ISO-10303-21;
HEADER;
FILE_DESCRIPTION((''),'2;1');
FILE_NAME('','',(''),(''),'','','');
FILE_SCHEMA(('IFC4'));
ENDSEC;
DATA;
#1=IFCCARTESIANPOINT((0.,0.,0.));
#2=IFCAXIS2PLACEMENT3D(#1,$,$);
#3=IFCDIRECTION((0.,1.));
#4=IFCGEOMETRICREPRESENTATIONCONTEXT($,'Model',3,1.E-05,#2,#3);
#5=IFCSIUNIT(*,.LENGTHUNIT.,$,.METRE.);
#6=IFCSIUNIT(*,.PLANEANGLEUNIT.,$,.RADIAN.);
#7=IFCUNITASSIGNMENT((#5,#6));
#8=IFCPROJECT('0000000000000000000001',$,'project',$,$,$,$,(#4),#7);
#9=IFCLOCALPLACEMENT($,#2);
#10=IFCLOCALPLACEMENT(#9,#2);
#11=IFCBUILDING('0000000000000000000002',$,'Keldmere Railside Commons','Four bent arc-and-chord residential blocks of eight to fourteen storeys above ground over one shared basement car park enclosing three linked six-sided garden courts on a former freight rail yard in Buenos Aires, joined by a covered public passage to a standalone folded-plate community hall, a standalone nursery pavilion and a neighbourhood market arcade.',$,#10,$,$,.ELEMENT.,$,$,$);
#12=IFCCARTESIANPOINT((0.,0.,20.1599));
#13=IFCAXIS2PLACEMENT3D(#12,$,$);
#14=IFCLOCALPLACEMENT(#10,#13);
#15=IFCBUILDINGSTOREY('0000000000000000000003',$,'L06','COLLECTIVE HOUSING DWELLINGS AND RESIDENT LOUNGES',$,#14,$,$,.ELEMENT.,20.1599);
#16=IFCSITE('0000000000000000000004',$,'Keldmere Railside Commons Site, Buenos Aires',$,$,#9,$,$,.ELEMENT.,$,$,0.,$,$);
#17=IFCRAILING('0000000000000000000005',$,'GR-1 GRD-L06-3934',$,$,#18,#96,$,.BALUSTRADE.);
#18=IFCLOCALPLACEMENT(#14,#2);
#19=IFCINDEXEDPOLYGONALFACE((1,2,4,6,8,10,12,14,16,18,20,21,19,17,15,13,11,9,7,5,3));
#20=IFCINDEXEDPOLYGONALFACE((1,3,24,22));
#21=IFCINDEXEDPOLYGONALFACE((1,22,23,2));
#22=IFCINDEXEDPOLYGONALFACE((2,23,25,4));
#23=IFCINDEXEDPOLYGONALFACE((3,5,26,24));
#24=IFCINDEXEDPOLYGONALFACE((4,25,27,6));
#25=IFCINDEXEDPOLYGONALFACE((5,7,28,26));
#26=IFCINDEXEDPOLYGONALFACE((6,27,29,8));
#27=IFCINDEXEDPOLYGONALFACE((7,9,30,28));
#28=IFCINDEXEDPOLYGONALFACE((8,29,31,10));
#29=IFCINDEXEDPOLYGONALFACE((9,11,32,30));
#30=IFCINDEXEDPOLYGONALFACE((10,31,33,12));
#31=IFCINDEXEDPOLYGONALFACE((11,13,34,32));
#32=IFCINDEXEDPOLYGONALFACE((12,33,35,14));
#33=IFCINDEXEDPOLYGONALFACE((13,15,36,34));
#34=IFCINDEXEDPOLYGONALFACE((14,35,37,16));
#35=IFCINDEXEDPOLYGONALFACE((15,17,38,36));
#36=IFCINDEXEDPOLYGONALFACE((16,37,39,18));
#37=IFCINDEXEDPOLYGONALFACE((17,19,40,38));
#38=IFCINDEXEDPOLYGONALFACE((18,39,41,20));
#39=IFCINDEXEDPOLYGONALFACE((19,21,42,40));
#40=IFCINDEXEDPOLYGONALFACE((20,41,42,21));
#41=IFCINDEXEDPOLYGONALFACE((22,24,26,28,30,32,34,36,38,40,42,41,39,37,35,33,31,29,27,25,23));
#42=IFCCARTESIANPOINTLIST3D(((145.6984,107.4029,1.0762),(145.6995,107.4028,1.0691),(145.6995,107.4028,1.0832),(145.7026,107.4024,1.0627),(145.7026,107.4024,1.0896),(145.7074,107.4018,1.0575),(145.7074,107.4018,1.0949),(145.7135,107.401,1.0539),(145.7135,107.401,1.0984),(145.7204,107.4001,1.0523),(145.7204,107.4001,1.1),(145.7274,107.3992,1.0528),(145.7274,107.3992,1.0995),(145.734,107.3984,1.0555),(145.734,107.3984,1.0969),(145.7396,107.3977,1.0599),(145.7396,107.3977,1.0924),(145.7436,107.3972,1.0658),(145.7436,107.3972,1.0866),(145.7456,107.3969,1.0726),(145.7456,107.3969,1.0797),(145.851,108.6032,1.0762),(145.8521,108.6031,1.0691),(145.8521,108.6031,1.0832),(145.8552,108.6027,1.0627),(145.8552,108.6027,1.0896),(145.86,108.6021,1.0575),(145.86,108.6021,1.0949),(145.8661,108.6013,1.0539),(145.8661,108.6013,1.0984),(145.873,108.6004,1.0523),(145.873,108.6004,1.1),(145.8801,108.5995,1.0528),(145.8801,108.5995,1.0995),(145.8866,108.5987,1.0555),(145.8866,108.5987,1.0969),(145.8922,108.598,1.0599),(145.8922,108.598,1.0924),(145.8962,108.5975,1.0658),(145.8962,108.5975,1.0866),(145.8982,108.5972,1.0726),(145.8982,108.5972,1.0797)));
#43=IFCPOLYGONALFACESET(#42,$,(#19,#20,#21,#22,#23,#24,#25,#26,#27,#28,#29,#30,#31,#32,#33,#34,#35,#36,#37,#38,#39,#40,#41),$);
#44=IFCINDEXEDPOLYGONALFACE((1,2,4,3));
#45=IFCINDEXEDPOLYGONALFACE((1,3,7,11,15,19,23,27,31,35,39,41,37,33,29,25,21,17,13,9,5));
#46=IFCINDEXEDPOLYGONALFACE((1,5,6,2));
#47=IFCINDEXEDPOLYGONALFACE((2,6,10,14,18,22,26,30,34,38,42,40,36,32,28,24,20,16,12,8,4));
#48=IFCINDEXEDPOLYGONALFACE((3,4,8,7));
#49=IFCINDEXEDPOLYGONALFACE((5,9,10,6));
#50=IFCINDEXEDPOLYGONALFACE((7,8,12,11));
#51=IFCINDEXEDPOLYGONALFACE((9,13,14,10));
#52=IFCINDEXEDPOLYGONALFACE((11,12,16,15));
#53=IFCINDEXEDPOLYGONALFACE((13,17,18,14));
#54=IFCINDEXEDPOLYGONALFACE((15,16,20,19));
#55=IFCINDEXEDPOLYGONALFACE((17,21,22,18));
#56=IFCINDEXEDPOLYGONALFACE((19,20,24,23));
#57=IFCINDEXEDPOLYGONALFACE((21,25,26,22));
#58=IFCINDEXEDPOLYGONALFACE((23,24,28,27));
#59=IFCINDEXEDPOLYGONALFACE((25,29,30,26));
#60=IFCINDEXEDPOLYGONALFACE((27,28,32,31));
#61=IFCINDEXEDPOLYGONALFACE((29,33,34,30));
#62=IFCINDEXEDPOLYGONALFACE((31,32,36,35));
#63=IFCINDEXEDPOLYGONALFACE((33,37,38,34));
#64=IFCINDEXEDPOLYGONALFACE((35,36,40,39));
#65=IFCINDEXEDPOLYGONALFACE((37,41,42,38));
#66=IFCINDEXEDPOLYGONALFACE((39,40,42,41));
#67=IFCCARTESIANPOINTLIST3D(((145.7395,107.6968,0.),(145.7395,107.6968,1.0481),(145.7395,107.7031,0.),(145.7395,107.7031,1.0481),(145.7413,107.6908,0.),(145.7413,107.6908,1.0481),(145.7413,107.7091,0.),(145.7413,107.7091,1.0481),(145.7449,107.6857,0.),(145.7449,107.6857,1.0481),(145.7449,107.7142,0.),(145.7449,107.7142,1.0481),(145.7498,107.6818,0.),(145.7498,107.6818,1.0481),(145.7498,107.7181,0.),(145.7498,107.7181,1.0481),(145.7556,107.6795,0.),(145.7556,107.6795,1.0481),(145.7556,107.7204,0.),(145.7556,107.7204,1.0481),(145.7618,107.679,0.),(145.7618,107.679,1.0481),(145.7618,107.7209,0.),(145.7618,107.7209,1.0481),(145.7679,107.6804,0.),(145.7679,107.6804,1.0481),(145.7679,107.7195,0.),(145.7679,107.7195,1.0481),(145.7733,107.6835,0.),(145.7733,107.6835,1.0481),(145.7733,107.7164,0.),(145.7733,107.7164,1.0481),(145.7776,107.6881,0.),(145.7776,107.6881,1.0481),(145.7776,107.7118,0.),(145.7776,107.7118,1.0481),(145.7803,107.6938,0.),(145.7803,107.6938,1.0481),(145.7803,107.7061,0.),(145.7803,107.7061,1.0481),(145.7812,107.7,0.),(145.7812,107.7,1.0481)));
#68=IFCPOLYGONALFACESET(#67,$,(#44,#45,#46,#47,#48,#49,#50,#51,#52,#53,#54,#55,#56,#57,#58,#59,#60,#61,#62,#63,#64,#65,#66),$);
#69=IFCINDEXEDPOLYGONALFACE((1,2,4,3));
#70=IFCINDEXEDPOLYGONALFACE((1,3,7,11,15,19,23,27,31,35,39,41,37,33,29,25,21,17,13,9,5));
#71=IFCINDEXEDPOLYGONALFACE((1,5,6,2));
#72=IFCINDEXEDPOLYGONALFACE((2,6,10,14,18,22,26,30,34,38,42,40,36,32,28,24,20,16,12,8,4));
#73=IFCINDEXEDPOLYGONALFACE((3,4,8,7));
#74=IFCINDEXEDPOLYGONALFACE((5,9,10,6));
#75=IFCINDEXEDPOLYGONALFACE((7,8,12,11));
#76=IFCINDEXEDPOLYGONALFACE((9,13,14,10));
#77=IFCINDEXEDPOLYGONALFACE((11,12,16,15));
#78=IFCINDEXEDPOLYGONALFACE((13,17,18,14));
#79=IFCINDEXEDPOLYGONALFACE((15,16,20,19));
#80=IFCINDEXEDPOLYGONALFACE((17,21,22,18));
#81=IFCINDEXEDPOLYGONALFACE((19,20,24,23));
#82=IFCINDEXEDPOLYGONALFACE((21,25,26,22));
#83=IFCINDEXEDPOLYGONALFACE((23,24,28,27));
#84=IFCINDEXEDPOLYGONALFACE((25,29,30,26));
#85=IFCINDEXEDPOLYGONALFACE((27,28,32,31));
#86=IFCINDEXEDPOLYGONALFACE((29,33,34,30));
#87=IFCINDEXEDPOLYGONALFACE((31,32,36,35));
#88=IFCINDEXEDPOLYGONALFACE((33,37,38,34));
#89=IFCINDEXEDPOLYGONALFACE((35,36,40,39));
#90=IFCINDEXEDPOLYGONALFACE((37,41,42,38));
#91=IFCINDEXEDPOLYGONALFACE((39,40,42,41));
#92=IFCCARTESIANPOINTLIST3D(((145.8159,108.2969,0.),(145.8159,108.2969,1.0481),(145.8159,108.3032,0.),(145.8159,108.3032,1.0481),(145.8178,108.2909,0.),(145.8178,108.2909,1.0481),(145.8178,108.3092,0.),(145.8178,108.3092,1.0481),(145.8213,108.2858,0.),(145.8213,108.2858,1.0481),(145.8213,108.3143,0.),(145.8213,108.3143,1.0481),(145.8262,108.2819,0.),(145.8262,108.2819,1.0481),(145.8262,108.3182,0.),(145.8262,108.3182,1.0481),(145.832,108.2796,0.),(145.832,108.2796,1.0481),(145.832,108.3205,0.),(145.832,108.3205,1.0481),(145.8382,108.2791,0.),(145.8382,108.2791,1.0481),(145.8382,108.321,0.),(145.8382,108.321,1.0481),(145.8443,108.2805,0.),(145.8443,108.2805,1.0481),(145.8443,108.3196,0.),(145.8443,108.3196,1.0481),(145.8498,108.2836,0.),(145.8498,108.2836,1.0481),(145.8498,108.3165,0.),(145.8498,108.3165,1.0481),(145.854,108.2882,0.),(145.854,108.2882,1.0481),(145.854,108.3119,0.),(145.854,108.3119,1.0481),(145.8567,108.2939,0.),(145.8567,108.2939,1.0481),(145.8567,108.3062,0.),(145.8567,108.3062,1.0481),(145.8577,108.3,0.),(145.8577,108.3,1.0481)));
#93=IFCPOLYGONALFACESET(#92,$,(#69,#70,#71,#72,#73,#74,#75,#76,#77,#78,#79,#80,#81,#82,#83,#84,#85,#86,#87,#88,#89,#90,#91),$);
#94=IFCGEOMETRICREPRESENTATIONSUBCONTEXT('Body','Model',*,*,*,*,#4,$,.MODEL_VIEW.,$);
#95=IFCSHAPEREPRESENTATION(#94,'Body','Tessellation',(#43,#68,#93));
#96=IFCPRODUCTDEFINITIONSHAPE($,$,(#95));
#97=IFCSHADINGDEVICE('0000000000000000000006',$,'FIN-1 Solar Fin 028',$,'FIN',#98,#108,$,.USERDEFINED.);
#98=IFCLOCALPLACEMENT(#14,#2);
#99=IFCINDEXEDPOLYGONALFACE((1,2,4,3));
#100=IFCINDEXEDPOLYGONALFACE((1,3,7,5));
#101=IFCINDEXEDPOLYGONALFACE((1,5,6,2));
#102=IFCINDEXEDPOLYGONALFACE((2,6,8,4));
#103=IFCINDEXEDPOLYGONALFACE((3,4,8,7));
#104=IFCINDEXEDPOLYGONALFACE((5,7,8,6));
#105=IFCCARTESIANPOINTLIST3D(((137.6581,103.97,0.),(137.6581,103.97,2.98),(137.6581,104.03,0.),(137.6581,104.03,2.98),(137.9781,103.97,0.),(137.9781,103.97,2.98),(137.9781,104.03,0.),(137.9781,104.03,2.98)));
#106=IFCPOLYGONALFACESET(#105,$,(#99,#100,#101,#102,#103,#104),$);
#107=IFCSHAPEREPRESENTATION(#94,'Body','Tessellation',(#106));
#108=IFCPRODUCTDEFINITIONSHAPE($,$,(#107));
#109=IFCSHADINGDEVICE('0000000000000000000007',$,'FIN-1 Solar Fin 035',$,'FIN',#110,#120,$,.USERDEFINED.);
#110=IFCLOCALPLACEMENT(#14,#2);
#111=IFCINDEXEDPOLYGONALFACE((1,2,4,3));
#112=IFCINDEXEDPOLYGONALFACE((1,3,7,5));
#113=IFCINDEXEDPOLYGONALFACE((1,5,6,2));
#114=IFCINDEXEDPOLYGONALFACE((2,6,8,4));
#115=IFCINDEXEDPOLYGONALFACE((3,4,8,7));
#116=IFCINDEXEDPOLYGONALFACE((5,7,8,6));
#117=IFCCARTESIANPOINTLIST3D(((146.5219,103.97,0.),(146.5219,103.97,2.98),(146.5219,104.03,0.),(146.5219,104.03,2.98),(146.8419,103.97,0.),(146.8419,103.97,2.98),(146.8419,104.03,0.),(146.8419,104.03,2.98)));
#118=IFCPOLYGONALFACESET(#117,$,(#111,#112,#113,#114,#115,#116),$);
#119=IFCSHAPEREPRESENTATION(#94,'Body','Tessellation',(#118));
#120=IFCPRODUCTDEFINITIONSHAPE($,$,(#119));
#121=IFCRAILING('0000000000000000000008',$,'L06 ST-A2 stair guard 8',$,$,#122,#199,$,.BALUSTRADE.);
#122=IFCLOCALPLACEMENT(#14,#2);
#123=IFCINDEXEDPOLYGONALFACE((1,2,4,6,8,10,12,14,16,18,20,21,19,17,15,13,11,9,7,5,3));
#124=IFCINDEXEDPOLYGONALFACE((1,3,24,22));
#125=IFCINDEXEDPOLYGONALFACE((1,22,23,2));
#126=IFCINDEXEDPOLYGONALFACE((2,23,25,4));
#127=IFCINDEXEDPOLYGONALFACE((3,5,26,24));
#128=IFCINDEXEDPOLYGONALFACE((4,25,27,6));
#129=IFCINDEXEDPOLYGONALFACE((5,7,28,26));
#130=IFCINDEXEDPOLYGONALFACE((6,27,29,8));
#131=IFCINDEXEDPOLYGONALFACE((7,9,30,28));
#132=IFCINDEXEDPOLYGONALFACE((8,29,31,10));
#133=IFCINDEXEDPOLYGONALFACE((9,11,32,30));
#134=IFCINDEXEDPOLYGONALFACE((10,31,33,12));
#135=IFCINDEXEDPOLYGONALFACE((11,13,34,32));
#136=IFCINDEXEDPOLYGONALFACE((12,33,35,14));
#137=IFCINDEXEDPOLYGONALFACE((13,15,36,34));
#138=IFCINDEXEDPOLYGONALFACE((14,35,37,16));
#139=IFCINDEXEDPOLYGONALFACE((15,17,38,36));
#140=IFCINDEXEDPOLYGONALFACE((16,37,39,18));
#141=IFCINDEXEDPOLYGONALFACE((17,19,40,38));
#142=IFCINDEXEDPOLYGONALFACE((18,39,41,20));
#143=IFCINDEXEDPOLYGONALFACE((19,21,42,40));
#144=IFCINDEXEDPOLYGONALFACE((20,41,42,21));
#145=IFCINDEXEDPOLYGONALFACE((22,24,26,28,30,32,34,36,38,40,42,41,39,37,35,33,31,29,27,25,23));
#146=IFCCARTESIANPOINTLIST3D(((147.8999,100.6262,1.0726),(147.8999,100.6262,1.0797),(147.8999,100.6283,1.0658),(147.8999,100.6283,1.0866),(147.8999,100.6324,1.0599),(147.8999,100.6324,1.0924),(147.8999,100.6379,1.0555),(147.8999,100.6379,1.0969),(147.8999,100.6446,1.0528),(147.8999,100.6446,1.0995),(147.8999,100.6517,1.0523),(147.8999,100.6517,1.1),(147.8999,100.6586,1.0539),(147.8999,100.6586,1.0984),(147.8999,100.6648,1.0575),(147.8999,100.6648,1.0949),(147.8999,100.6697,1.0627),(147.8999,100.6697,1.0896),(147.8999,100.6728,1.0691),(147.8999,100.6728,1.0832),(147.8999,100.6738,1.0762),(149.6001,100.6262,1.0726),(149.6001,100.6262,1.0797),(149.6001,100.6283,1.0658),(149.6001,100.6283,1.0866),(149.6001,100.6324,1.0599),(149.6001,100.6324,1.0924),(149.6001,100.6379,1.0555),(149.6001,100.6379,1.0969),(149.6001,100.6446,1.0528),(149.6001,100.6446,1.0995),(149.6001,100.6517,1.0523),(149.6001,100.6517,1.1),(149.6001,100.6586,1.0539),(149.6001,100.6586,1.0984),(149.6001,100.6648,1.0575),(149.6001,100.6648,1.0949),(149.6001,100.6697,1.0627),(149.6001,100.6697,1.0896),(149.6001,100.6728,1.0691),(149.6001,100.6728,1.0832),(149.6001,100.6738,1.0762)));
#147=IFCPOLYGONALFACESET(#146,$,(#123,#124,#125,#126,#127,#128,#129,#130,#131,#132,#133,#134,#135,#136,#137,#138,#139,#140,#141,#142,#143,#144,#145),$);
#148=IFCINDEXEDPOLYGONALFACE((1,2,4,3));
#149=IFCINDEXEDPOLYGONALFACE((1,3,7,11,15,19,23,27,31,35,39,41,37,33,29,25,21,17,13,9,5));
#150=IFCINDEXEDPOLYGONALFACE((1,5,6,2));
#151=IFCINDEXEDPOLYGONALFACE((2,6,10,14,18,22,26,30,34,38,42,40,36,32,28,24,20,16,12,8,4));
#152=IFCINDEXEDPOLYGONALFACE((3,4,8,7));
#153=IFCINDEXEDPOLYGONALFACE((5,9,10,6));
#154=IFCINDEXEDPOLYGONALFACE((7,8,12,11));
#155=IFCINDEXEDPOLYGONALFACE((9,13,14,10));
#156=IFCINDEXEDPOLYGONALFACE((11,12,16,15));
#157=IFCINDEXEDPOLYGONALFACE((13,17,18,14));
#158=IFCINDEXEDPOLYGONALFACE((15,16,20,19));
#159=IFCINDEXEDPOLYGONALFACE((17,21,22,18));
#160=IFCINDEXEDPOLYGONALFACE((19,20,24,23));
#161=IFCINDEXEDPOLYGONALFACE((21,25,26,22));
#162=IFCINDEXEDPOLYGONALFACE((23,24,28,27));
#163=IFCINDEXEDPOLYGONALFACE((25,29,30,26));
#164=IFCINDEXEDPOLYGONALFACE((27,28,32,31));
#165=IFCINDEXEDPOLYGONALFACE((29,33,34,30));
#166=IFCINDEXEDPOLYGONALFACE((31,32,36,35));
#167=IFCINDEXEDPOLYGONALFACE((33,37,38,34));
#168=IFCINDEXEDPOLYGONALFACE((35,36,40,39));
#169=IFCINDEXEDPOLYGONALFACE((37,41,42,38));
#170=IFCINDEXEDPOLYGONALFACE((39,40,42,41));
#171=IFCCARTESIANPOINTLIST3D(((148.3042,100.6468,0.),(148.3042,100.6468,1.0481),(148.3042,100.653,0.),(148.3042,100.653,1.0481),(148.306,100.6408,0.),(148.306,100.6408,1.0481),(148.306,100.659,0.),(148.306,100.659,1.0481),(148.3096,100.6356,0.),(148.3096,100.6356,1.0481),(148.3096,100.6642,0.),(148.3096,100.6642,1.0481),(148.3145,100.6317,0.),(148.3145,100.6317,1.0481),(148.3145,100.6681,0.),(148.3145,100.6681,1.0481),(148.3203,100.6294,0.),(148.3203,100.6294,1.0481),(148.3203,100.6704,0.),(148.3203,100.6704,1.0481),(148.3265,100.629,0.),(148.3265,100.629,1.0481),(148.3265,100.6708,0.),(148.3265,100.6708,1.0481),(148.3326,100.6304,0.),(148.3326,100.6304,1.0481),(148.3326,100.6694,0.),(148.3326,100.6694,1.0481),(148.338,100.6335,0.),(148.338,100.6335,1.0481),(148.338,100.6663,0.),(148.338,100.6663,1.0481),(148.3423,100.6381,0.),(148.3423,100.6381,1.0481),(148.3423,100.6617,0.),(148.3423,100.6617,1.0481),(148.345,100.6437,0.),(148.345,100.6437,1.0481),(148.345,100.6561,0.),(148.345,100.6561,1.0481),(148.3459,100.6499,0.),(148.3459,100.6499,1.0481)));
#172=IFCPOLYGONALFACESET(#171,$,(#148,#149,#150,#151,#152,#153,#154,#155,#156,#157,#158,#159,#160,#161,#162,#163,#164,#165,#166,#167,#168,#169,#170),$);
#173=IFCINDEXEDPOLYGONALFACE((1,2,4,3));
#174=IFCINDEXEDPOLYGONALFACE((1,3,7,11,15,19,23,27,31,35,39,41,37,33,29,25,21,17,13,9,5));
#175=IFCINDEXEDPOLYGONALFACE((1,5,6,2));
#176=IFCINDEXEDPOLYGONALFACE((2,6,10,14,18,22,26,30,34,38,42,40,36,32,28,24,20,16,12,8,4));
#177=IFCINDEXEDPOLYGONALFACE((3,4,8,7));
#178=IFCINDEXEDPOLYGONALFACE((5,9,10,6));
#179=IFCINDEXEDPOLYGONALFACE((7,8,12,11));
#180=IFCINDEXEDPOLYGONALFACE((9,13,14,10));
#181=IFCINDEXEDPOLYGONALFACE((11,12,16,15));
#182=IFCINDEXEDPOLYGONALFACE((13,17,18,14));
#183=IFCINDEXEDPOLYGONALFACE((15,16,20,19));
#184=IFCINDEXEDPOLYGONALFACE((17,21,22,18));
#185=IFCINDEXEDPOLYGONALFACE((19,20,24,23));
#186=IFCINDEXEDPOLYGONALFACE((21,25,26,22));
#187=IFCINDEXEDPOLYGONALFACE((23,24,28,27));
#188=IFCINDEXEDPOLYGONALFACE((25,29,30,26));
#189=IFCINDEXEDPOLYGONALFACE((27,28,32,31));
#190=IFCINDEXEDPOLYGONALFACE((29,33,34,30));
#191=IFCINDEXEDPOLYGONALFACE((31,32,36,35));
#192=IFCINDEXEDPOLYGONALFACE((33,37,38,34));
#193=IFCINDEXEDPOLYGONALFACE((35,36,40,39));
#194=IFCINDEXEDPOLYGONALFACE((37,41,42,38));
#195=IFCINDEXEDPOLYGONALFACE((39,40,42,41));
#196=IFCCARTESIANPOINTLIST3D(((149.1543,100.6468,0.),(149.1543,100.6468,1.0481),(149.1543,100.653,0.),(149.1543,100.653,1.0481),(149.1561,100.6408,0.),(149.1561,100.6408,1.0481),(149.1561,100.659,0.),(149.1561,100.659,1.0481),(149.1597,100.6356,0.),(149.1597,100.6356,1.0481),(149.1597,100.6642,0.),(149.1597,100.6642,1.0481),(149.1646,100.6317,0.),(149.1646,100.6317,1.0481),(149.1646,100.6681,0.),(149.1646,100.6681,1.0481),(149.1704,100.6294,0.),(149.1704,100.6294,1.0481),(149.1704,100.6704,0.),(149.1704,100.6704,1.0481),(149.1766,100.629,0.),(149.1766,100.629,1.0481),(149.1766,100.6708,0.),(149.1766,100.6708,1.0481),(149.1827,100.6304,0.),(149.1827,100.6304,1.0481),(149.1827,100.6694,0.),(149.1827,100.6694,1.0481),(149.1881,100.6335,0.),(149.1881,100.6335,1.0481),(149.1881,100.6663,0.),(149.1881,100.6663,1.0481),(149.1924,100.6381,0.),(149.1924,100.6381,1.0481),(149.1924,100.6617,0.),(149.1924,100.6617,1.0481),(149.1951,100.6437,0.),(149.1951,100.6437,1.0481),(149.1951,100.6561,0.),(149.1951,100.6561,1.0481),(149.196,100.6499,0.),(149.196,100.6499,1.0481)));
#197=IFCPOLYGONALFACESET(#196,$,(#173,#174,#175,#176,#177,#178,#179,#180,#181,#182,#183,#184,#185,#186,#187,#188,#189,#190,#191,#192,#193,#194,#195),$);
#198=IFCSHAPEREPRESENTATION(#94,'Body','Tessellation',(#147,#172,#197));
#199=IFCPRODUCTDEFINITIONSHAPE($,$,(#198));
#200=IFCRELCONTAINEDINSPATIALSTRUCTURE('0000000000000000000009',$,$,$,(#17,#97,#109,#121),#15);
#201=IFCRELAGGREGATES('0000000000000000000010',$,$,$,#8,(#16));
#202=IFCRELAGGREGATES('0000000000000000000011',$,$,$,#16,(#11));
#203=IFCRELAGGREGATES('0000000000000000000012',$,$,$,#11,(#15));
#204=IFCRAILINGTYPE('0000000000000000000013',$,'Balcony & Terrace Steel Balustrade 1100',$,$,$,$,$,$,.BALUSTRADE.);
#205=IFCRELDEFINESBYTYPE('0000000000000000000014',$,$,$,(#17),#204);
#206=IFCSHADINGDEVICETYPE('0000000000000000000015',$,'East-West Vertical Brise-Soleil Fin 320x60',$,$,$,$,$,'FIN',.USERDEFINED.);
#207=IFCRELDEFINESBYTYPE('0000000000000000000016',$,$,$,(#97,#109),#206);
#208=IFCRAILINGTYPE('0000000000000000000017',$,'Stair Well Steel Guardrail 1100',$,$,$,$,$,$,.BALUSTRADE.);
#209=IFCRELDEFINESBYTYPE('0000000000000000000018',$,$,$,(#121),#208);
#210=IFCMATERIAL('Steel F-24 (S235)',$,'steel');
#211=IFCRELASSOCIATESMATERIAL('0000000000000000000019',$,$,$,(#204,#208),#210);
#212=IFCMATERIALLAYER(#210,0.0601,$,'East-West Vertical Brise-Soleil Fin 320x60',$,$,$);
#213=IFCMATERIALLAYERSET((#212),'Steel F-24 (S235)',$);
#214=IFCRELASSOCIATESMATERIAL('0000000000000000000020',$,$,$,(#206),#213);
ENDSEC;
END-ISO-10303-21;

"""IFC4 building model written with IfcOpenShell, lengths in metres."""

from ifc_helpers import new_model, si_unit, direction, frame, origin, origin_2d, place, context, subcontext, project, spatial, rectangle, circle, extrude, material, layer, layer_set, type_object, element, save


model = new_model("IFC4")

# Units and contexts
model_context = context("Model", 3, precision=1e-05, world=origin(), true_north=direction((0.0, 1.0)))
body_context = subcontext(model_context, "Body", "Model", "MODEL_VIEW")
ifc_project = project(units=[si_unit("LENGTHUNIT", "METRE"), si_unit("PLANEANGLEUNIT", "RADIAN")], contexts=[model_context])

# Site, building, storey
site_placement = place(None, origin())
site = spatial("IfcSite", under=ifc_project, at=site_placement, Name="Keldmere Railside Commons Site, Buenos Aires", CompositionType="ELEMENT", RefElevation=0.0)
building_placement = place(site_placement, origin())
building = spatial("IfcBuilding", under=site, at=building_placement, Name="Keldmere Railside Commons", Description="Four bent arc-and-chord residential blocks of eight to fourteen storeys above ground over one shared basement car park enclosing three linked six-sided garden courts on a former freight rail yard in Buenos Aires, joined by a covered public passage to a standalone folded-plate community hall, a standalone nursery pavilion and a neighbourhood market arcade.", CompositionType="ELEMENT")
storey_placement = place(building_placement, frame((0.0, 0.0, 20.1599)))
storey = spatial("IfcBuildingStorey", under=building, at=storey_placement, Name="L06", Description="COLLECTIVE HOUSING DWELLINGS AND RESIDENT LOUNGES", CompositionType="ELEMENT", Elevation=20.1599)

# Shared definitions
ifc_material_1 = material(Name="Steel F-24 (S235)", Category="steel")

# Railing
railing_type_1 = type_object("IfcRailingType", Name="Balcony & Terrace Steel Balustrade 1100", PredefinedType="BALUSTRADE", material=ifc_material_1)
railing_1_placement = place(storey_placement, frame((145.7222, 107.3999, 0.0)))
element("IfcRailing", 1, at=railing_1_placement, inside=storey, type_object=railing_type_1, Name="GR-1 GRD-L06-3934", PredefinedType="BALUSTRADE", context=body_context, shape_type="SweptSolid", body=[
    extrude(circle(Radius=0.0239, at=origin_2d()), frame((0.0, 0.0, 1.0762), z_axis=(0.126121, 0.992015, 0.0), x_axis=(-0.992015, 0.126121, 0.0)), (0.0, 0.0, 1.0), 1.21),
    extrude(circle(Radius=0.021, at=origin_2d()), frame((0.0381, 0.3, 0.0)), (0.0, 0.0, 1.0), 1.0481),
    extrude(circle(Radius=0.021, at=origin_2d()), frame((0.1145, 0.9001, 0.0)), (0.0, 0.0, 1.0), 1.0481),
])

# Shading devices
ifc_layer_1 = layer(ifc_material_1, 0.0601, Name="East-West Vertical Brise-Soleil Fin 320x60")
ifc_layer_set_1 = layer_set([ifc_layer_1], Name="Steel F-24 (S235)")
shading_device_type = type_object("IfcShadingDeviceType", Name="East-West Vertical Brise-Soleil Fin 320x60", ElementType="FIN", PredefinedType="USERDEFINED", material=ifc_layer_set_1)
for number, where, z_axis, x_axis, name in (
    (2, (137.8181, 104.0, 0.0), (0.0, 0.0, 1.0), (1.0, 0.0, 0.0), "FIN-1 Solar Fin 028"),
    (3, (146.6819, 104.0, 0.0), (0.0, 0.0, 1.0), (1.0, 0.0, 0.0), "FIN-1 Solar Fin 035"),
):
    element("IfcShadingDevice", number, at=place(storey_placement, frame(where, z_axis=z_axis, x_axis=x_axis)), inside=storey, type_object=shading_device_type, Name=name, ObjectType="FIN", PredefinedType="USERDEFINED", context=body_context, shape_type="SweptSolid", body=[
        extrude(rectangle(XDim=0.3201, YDim=0.0601, at=origin_2d()), origin(), (0.0, 0.0, 1.0), 2.98),
    ])

# Railing
railing_type_2 = type_object("IfcRailingType", Name="Stair Well Steel Guardrail 1100", PredefinedType="BALUSTRADE", material=ifc_material_1)
railing_2_placement = place(storey_placement, frame((147.8999, 100.6499, 0.0)))
element("IfcRailing", 4, at=railing_2_placement, inside=storey, type_object=railing_type_2, Name="L06 ST-A2 stair guard 8", PredefinedType="BALUSTRADE", context=body_context, shape_type="SweptSolid", body=[
    extrude(circle(Radius=0.0239, at=origin_2d()), frame((0.0, 0.0, 1.0762), z_axis=(1.0, 0.0, 0.0), x_axis=(0.0, 1.0, 0.0)), (0.0, 0.0, 1.0), 1.7002),
    extrude(circle(Radius=0.021, at=origin_2d()), frame((0.425, 0.0, 0.0)), (0.0, 0.0, 1.0), 1.0481),
    extrude(circle(Radius=0.021, at=origin_2d()), frame((1.2751, 0.0, 0.0)), (0.0, 0.0, 1.0), 1.0481),
])

save(model, "model.ifc")
